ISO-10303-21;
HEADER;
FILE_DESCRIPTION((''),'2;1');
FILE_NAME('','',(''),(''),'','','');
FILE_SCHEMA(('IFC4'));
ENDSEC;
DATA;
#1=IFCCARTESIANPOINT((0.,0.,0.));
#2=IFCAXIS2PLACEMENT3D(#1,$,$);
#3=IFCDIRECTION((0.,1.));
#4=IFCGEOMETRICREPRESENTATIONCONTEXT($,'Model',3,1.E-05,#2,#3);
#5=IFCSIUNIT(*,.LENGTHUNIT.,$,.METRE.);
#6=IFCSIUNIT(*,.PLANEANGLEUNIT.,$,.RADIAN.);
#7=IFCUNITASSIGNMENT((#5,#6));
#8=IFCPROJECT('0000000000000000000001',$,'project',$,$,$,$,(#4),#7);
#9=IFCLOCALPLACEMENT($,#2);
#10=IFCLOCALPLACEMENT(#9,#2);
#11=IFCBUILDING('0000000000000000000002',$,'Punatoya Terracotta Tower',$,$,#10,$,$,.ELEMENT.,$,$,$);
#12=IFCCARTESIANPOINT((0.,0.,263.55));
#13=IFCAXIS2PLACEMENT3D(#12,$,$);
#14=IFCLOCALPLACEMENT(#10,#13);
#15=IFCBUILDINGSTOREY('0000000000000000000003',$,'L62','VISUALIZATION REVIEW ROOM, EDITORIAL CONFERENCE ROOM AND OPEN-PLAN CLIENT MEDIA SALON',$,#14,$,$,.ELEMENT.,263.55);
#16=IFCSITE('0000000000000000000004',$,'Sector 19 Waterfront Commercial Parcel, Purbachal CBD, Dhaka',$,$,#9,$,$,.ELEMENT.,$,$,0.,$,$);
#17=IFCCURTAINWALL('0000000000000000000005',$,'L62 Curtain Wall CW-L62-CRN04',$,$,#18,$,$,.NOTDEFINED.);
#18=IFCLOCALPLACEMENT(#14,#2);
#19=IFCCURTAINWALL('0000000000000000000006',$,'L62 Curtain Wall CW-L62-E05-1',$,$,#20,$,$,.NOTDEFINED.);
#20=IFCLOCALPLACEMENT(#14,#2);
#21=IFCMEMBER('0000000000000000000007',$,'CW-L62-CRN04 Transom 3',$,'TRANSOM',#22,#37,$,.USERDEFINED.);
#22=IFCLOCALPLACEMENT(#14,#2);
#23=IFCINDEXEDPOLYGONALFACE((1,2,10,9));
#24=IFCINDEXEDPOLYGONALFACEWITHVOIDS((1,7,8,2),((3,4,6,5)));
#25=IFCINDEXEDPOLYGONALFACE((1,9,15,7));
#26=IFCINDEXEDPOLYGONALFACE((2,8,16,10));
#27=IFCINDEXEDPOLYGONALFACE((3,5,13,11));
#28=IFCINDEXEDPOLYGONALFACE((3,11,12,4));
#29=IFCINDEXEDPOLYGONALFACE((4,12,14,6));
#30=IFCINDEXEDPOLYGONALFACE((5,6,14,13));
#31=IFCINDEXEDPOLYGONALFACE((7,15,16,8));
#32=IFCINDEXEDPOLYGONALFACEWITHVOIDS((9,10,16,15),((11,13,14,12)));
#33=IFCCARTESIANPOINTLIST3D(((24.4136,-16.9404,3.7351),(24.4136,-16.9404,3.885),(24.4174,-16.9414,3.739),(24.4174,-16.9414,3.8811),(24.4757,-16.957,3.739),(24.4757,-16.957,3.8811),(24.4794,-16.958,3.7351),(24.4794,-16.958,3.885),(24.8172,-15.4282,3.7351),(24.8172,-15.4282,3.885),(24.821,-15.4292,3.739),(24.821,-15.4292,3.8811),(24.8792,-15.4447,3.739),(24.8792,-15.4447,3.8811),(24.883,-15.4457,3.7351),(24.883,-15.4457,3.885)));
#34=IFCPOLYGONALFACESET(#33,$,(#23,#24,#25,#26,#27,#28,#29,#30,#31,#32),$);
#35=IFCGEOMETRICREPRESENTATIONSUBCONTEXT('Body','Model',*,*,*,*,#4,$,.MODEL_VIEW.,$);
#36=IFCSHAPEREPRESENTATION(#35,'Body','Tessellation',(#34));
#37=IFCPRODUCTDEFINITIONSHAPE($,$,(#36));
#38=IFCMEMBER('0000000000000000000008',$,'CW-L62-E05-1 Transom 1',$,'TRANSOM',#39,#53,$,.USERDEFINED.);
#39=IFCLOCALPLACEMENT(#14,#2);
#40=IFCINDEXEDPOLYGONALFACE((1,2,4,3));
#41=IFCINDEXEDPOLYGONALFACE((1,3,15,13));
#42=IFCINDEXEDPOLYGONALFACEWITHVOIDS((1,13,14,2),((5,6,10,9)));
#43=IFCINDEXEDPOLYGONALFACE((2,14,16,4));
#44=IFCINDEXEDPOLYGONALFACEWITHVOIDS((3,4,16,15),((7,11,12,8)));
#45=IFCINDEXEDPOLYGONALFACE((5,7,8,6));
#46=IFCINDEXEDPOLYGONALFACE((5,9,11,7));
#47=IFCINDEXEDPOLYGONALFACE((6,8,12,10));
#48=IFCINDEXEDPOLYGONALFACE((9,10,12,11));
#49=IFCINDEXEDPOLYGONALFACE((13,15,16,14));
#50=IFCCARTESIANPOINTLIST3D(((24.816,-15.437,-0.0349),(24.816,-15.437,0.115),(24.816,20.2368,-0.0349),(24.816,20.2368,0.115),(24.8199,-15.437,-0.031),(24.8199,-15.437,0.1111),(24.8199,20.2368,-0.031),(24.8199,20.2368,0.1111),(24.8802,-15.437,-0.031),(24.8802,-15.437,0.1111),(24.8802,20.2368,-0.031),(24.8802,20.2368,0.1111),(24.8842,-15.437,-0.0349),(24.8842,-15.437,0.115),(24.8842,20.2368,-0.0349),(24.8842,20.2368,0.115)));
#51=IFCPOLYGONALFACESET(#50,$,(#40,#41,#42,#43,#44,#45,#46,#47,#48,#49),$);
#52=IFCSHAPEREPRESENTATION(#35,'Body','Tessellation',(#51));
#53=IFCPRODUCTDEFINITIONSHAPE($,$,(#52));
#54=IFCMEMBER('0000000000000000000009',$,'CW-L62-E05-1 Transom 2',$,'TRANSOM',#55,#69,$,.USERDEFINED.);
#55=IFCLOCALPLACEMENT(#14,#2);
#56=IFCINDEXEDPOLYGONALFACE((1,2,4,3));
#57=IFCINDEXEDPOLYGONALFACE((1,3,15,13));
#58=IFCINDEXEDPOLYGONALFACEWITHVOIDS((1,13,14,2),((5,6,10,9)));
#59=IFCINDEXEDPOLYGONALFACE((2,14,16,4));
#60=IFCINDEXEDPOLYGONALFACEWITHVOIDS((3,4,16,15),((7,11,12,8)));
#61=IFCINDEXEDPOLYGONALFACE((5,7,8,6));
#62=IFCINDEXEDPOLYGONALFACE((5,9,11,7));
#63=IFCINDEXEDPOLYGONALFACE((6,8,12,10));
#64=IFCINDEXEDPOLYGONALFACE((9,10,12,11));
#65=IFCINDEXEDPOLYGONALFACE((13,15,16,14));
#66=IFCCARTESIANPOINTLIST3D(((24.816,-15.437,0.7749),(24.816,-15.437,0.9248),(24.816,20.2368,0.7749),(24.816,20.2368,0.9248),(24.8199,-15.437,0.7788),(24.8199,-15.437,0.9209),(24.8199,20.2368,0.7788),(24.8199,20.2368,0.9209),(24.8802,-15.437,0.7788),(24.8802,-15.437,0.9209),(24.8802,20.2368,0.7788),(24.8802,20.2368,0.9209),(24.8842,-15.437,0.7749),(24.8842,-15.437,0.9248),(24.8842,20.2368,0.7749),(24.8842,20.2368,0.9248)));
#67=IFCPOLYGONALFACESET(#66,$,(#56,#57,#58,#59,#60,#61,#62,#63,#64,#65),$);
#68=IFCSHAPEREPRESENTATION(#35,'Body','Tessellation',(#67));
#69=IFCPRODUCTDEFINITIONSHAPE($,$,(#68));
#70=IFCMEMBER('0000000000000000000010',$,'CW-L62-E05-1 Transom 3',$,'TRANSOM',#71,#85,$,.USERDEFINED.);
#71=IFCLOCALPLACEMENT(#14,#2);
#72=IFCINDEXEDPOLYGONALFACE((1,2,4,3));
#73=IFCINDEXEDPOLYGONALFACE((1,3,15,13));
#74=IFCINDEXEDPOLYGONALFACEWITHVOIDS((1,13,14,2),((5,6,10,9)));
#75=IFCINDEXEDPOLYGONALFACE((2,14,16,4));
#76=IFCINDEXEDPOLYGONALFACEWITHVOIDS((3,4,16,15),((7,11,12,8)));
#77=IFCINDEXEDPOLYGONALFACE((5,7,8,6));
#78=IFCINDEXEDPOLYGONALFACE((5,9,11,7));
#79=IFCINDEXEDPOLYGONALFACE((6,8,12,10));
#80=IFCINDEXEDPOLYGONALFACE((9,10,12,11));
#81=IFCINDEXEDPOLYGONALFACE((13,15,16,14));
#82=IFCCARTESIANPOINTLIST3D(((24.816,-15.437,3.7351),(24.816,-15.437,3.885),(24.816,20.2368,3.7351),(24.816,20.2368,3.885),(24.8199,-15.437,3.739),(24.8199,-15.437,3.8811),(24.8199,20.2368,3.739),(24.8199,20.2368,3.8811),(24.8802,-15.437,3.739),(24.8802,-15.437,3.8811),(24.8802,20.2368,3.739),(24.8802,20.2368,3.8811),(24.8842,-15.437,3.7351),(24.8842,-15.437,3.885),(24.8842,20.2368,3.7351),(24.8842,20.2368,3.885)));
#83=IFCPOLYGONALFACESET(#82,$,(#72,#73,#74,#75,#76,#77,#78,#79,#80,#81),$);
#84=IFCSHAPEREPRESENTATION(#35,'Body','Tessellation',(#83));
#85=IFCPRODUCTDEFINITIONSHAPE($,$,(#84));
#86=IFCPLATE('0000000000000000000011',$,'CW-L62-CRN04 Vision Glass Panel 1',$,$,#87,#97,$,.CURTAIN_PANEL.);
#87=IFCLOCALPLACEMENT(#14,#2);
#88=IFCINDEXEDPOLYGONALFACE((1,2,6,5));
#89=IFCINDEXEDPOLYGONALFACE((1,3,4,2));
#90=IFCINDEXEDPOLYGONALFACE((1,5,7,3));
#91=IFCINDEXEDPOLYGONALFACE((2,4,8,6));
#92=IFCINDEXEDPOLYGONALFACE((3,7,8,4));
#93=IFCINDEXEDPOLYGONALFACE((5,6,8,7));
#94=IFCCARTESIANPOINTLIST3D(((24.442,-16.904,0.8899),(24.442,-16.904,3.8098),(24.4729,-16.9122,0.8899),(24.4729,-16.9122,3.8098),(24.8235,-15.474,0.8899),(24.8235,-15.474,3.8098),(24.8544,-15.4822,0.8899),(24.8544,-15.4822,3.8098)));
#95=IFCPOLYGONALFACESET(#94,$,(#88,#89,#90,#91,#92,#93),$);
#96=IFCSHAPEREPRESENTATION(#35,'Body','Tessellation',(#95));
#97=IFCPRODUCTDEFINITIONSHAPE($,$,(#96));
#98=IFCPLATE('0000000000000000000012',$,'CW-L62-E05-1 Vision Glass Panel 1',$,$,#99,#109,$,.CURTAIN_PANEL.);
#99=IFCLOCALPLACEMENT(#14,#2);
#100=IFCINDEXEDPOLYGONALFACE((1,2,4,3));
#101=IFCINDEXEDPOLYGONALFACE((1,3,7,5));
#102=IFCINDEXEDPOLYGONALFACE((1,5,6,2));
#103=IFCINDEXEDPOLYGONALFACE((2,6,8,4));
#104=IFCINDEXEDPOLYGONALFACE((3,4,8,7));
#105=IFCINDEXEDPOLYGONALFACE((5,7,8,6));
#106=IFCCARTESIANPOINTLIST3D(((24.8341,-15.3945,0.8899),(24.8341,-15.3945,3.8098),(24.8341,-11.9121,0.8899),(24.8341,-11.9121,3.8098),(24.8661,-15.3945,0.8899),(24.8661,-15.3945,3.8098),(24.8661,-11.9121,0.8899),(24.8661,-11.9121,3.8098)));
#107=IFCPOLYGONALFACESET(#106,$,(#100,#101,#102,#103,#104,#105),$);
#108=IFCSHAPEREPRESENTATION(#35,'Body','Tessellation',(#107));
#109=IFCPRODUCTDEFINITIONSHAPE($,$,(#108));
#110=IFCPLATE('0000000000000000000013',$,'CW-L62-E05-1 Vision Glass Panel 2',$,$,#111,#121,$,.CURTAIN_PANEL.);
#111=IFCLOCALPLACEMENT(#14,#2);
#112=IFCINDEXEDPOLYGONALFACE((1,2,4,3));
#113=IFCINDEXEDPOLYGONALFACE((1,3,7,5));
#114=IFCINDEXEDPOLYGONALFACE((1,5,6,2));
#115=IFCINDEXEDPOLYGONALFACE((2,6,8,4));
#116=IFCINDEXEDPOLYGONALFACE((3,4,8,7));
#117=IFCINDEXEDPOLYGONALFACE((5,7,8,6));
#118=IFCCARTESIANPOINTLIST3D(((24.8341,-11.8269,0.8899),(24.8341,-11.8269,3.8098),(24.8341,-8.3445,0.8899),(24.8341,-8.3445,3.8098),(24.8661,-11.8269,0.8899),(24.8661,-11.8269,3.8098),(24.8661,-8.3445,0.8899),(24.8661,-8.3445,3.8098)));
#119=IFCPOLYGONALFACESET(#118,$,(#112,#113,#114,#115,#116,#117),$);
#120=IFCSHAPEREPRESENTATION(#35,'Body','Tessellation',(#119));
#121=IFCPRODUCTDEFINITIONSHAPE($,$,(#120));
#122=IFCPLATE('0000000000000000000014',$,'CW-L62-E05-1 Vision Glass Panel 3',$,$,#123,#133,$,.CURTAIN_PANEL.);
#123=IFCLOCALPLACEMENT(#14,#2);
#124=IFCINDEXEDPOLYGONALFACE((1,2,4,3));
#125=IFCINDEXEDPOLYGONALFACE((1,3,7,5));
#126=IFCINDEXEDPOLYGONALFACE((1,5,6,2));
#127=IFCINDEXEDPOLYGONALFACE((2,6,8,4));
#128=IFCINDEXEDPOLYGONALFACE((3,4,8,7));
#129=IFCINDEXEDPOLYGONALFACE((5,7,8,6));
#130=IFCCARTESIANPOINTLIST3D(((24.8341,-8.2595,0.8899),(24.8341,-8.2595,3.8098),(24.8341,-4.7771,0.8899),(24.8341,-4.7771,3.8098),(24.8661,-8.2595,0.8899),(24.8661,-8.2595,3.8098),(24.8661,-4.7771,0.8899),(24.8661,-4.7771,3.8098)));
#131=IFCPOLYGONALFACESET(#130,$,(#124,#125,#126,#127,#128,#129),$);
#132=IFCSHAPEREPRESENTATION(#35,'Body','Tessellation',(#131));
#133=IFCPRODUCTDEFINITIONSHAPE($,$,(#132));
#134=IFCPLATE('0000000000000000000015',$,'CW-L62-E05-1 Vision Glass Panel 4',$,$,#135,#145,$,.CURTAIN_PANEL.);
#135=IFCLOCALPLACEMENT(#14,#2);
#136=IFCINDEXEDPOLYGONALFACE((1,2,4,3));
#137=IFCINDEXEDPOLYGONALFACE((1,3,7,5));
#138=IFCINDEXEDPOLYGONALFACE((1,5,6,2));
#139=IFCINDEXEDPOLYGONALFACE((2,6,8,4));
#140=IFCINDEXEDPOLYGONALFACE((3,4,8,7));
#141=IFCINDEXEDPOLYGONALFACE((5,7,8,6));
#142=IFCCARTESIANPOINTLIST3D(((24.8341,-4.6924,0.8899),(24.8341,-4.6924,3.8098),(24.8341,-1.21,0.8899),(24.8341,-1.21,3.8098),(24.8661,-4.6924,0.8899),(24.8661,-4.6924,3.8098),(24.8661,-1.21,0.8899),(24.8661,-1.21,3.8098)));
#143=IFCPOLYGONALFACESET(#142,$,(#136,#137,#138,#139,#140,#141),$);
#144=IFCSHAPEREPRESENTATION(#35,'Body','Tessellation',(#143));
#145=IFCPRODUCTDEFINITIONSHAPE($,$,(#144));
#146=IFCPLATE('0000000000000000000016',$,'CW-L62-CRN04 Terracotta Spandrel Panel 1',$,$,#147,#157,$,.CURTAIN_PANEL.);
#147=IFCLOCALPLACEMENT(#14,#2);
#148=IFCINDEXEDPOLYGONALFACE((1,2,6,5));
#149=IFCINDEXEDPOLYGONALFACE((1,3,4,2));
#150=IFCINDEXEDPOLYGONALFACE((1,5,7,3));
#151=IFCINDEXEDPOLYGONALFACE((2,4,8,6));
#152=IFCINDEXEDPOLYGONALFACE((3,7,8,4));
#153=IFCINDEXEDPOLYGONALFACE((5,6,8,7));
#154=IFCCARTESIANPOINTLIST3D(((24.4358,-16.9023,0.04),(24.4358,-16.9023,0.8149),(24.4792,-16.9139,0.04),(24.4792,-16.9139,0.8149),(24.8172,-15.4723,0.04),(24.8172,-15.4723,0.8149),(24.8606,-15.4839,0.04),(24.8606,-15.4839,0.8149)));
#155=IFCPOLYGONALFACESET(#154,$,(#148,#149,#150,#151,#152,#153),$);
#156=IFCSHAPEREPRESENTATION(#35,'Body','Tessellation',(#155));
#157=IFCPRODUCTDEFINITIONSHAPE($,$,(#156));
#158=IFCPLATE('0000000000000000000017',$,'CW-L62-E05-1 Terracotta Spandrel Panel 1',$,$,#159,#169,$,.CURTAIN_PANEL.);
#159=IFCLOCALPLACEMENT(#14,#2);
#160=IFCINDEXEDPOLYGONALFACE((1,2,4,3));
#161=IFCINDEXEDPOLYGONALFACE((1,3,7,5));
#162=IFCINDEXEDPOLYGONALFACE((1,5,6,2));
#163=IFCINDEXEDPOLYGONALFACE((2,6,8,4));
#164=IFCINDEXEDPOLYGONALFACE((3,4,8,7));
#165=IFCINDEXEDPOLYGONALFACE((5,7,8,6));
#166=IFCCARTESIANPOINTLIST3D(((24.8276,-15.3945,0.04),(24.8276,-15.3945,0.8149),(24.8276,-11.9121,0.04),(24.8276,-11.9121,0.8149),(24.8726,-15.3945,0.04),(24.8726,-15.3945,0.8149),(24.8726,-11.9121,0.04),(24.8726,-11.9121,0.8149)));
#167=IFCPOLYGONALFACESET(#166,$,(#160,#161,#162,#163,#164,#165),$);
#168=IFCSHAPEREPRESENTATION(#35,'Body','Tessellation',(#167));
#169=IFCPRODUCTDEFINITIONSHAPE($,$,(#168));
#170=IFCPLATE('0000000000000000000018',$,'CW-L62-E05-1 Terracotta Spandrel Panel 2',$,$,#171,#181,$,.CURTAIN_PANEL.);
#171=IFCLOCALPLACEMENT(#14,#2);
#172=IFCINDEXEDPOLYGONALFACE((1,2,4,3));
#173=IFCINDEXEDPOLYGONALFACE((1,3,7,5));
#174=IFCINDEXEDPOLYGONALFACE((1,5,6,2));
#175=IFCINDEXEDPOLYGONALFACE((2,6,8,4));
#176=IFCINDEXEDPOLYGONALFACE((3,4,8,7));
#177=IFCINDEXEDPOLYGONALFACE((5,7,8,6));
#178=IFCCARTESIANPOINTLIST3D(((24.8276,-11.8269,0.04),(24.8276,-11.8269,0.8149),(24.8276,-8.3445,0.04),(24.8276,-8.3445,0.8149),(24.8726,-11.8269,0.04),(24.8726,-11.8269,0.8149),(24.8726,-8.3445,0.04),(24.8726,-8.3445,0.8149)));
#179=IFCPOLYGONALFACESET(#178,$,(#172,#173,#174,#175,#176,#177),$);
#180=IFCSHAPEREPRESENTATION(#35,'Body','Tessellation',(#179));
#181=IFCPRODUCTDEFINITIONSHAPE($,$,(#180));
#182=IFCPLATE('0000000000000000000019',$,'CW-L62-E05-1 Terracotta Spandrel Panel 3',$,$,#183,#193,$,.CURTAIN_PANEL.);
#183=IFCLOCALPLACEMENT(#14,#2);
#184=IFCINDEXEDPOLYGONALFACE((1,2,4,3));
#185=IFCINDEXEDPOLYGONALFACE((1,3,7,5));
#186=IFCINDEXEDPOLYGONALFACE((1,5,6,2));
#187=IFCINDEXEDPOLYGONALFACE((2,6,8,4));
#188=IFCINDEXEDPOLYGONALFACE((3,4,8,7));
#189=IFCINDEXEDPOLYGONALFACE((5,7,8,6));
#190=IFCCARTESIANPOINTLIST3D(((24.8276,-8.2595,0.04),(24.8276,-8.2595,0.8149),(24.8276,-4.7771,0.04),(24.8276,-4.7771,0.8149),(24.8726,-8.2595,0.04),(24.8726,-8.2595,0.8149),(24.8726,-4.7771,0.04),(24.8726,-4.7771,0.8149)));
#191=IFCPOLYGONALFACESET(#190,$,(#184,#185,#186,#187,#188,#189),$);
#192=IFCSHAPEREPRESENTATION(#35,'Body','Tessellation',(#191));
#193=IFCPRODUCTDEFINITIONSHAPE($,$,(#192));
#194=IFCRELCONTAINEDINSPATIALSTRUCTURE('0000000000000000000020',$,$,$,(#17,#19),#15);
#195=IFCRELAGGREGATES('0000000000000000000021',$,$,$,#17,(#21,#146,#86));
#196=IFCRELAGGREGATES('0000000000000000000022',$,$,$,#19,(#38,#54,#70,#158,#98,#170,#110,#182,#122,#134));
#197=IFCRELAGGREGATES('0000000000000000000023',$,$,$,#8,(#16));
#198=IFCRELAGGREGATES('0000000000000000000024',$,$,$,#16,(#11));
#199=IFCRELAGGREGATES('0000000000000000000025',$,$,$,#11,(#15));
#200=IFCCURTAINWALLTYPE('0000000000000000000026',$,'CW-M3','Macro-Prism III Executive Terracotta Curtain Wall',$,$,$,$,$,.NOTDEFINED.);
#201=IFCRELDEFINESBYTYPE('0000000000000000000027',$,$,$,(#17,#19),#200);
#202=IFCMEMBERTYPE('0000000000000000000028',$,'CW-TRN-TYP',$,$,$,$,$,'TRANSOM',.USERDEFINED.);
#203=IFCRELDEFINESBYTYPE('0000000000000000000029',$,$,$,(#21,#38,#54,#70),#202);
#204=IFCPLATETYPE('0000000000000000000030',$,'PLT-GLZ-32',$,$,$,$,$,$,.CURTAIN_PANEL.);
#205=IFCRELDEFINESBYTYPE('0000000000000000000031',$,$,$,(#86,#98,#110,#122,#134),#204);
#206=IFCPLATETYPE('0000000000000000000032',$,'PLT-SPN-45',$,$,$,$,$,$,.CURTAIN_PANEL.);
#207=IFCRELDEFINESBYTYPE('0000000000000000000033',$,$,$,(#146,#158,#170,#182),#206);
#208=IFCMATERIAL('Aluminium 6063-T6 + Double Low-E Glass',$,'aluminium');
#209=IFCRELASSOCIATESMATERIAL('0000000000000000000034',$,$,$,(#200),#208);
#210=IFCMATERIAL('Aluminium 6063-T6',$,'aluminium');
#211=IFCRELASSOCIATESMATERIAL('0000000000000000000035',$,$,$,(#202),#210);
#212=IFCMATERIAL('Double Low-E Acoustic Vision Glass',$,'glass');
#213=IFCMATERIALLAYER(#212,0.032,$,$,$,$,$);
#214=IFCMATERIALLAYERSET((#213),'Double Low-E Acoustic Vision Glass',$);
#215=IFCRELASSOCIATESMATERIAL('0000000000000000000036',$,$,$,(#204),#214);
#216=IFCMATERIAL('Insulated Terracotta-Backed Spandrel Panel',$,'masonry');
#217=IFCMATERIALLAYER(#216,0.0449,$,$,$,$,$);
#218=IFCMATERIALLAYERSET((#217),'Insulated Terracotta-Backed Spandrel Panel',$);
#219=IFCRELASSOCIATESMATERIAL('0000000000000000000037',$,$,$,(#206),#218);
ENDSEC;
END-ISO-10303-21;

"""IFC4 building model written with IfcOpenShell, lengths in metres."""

from ifc_helpers import new_model, si_unit, direction, frame, origin, origin_2d, place, context, subcontext, project, spatial, rectangle, hollow_rectangle, extrude, material, layer, layer_set, material_profile, profile_set, type_object, element, aggregate, save


model = new_model("IFC4")

# Units and contexts
model_context = context("Model", 3, precision=1e-05, world=origin(), true_north=direction((0.0, 1.0)))
body_context = subcontext(model_context, "Body", "Model", "MODEL_VIEW")
ifc_project = project(units=[si_unit("LENGTHUNIT", "METRE"), si_unit("PLANEANGLEUNIT", "RADIAN")], contexts=[model_context])

# Site, building, storey
site_placement = place(None, origin())
site = spatial("IfcSite", under=ifc_project, at=site_placement, Name="Sector 19 Waterfront Commercial Parcel, Purbachal CBD, Dhaka", CompositionType="ELEMENT", RefElevation=0.0)
building_placement = place(site_placement, origin())
building = spatial("IfcBuilding", under=site, at=building_placement, Name="Punatoya Terracotta Tower", CompositionType="ELEMENT")
storey_placement = place(building_placement, frame((0.0, 0.0, 263.55)))
storey = spatial("IfcBuildingStorey", under=building, at=storey_placement, Name="L62", Description="VISUALIZATION REVIEW ROOM, EDITORIAL CONFERENCE ROOM AND OPEN-PLAN CLIENT MEDIA SALON", CompositionType="ELEMENT", Elevation=263.55)

# Curtain walls
ifc_material_1 = material(Name="Aluminium 6063-T6 + Double Low-E Glass", Category="aluminium")
curtain_wall_type = type_object("IfcCurtainWallType", Name="CW-M3", Description="Macro-Prism III Executive Terracotta Curtain Wall", PredefinedType="NOTDEFINED", material=ifc_material_1)
curtain_wall_1_placement = place(storey_placement, origin())
curtain_wall_1 = element("IfcCurtainWall", 1, at=curtain_wall_1_placement, inside=storey, type_object=curtain_wall_type, Name="L62 Curtain Wall CW-L62-CRN04", PredefinedType="NOTDEFINED")
ifc_material_2 = material(Name="Aluminium 6063-T6", Category="aluminium")
curtain_wall_2_placement = place(storey_placement, origin())
curtain_wall_2 = element("IfcCurtainWall", 2, at=curtain_wall_2_placement, inside=storey, type_object=curtain_wall_type, Name="L62 Curtain Wall CW-L62-E05-1", PredefinedType="NOTDEFINED")

# Members
ifc_material_profile_1 = material_profile(ifc_material_2, hollow_rectangle(XDim=0.0681, YDim=0.1499, WallThickness=0.0039, at=origin_2d()))
ifc_profile_set_1 = profile_set([ifc_material_profile_1], Name="Aluminium 6063-T6")
member_type_1 = type_object("IfcMemberType", Name="CW-TRN-TYP", ElementType="TRANSOM", PredefinedType="USERDEFINED", material=ifc_profile_set_1)
member_1_placement = place(storey_placement, frame((24.4465, -16.9492, 3.8101), z_axis=(0.257847, 0.966186, 0.0), x_axis=(-0.966186, 0.257847, 0.0)))
member_1 = element("IfcMember", 3, at=member_1_placement, type_object=member_type_1, Name="CW-L62-CRN04 Transom 3", ObjectType="TRANSOM", PredefinedType="USERDEFINED", context=body_context, shape_type="SweptSolid", body=[
    extrude(hollow_rectangle(XDim=0.0681, YDim=0.1499, WallThickness=0.0039, at=origin_2d()), origin(), (0.0, 0.0, 1.0), 1.5652),
])
member_2_placement = place(storey_placement, frame((24.8501, -15.437, 0.04), z_axis=(0.0, 1.0, 0.0), x_axis=(-1.0, 0.0, 0.0)))
member_2 = element("IfcMember", 4, at=member_2_placement, type_object=member_type_1, Name="CW-L62-E05-1 Transom 1", ObjectType="TRANSOM", PredefinedType="USERDEFINED", context=body_context, shape_type="SweptSolid", body=[
    extrude(hollow_rectangle(XDim=0.0681, YDim=0.1499, WallThickness=0.0039, at=origin_2d()), origin(), (0.0, 0.0, 1.0), 35.6738),
])
member_3_placement = place(storey_placement, frame((24.8501, -15.437, 0.8499), z_axis=(0.0, 1.0, 0.0), x_axis=(-1.0, 0.0, 0.0)))
member_3 = element("IfcMember", 5, at=member_3_placement, type_object=member_type_1, Name="CW-L62-E05-1 Transom 2", ObjectType="TRANSOM", PredefinedType="USERDEFINED", context=body_context, shape_type="SweptSolid", body=[
    extrude(hollow_rectangle(XDim=0.0681, YDim=0.1499, WallThickness=0.0039, at=origin_2d()), origin(), (0.0, 0.0, 1.0), 35.6738),
])
member_4_placement = place(storey_placement, frame((24.8501, -15.437, 3.8101), z_axis=(0.0, 1.0, 0.0), x_axis=(-1.0, 0.0, 0.0)))
member_4 = element("IfcMember", 6, at=member_4_placement, type_object=member_type_1, Name="CW-L62-E05-1 Transom 3", ObjectType="TRANSOM", PredefinedType="USERDEFINED", context=body_context, shape_type="SweptSolid", body=[
    extrude(hollow_rectangle(XDim=0.0681, YDim=0.1499, WallThickness=0.0039, at=origin_2d()), origin(), (0.0, 0.0, 1.0), 35.6738),
])

# Plates
ifc_material_3 = material(Name="Double Low-E Acoustic Vision Glass", Category="glass")
ifc_layer_1 = layer(ifc_material_3, 0.032)
ifc_layer_set_1 = layer_set([ifc_layer_1], Name="Double Low-E Acoustic Vision Glass")
plate_type_1 = type_object("IfcPlateType", Name="PLT-GLZ-32", PredefinedType="CURTAIN_PANEL", material=ifc_layer_set_1)
plate_1_placement = place(storey_placement, frame((24.6482, -16.1931, 0.8899), z_axis=(0.0, 0.0, 1.0), x_axis=(0.257742, 0.966214, 0.0)))
plate_1 = element("IfcPlate", 7, at=plate_1_placement, type_object=plate_type_1, Name="CW-L62-CRN04 Vision Glass Panel 1", PredefinedType="CURTAIN_PANEL", context=body_context, shape_type="SweptSolid", body=[
    extrude(rectangle(XDim=1.48, YDim=0.032, at=origin_2d()), origin(), (0.0, 0.0, 1.0), 2.9199),
])
plate_2_placement = place(storey_placement, frame((24.8501, -13.6533, 0.8899), z_axis=(0.0, 0.0, 1.0), x_axis=(0.0, 1.0, 0.0)))
plate_2 = element("IfcPlate", 8, at=plate_2_placement, type_object=plate_type_1, Name="CW-L62-E05-1 Vision Glass Panel 1", PredefinedType="CURTAIN_PANEL", context=body_context, shape_type="SweptSolid", body=[
    extrude(rectangle(XDim=3.4824, YDim=0.032, at=origin_2d()), origin(), (0.0, 0.0, 1.0), 2.9199),
])
plate_3_placement = place(storey_placement, frame((24.8501, -10.0857, 0.8899), z_axis=(0.0, 0.0, 1.0), x_axis=(0.0, 1.0, 0.0)))
plate_3 = element("IfcPlate", 9, at=plate_3_placement, type_object=plate_type_1, Name="CW-L62-E05-1 Vision Glass Panel 2", PredefinedType="CURTAIN_PANEL", context=body_context, shape_type="SweptSolid", body=[
    extrude(rectangle(XDim=3.4824, YDim=0.032, at=origin_2d()), origin(), (0.0, 0.0, 1.0), 2.9199),
])
plate_4_placement = place(storey_placement, frame((24.8501, -6.5183, 0.8899), z_axis=(0.0, 0.0, 1.0), x_axis=(0.0, 1.0, 0.0)))
plate_4 = element("IfcPlate", 10, at=plate_4_placement, type_object=plate_type_1, Name="CW-L62-E05-1 Vision Glass Panel 3", PredefinedType="CURTAIN_PANEL", context=body_context, shape_type="SweptSolid", body=[
    extrude(rectangle(XDim=3.4824, YDim=0.032, at=origin_2d()), origin(), (0.0, 0.0, 1.0), 2.9199),
])
plate_5_placement = place(storey_placement, frame((24.8501, -2.9512, 0.8899), z_axis=(0.0, 0.0, 1.0), x_axis=(0.0, 1.0, 0.0)))
plate_5 = element("IfcPlate", 11, at=plate_5_placement, type_object=plate_type_1, Name="CW-L62-E05-1 Vision Glass Panel 4", PredefinedType="CURTAIN_PANEL", context=body_context, shape_type="SweptSolid", body=[
    extrude(rectangle(XDim=3.4824, YDim=0.032, at=origin_2d()), origin(), (0.0, 0.0, 1.0), 2.9199),
])
ifc_material_4 = material(Name="Insulated Terracotta-Backed Spandrel Panel", Category="masonry")
ifc_layer_2 = layer(ifc_material_4, 0.0449)
ifc_layer_set_2 = layer_set([ifc_layer_2], Name="Insulated Terracotta-Backed Spandrel Panel")
plate_type_2 = type_object("IfcPlateType", Name="PLT-SPN-45", PredefinedType="CURTAIN_PANEL", material=ifc_layer_set_2)
plate_6_placement = place(storey_placement, frame((24.6482, -16.1931, 0.04), z_axis=(0.0, 0.0, 1.0), x_axis=(0.257742, 0.966214, 0.0)))
plate_6 = element("IfcPlate", 12, at=plate_6_placement, type_object=plate_type_2, Name="CW-L62-CRN04 Terracotta Spandrel Panel 1", PredefinedType="CURTAIN_PANEL", context=body_context, shape_type="SweptSolid", body=[
    extrude(rectangle(XDim=1.48, YDim=0.0449, at=origin_2d()), origin(), (0.0, 0.0, 1.0), 0.7749),
])
aggregate(curtain_wall_1, [member_1, plate_6, plate_1])
plate_7_placement = place(storey_placement, frame((24.8501, -13.6533, 0.04), z_axis=(0.0, 0.0, 1.0), x_axis=(0.0, 1.0, 0.0)))
plate_7 = element("IfcPlate", 13, at=plate_7_placement, type_object=plate_type_2, Name="CW-L62-E05-1 Terracotta Spandrel Panel 1", PredefinedType="CURTAIN_PANEL", context=body_context, shape_type="SweptSolid", body=[
    extrude(rectangle(XDim=3.4824, YDim=0.0449, at=origin_2d()), origin(), (0.0, 0.0, 1.0), 0.7749),
])
plate_8_placement = place(storey_placement, frame((24.8501, -10.0857, 0.04), z_axis=(0.0, 0.0, 1.0), x_axis=(0.0, 1.0, 0.0)))
plate_8 = element("IfcPlate", 14, at=plate_8_placement, type_object=plate_type_2, Name="CW-L62-E05-1 Terracotta Spandrel Panel 2", PredefinedType="CURTAIN_PANEL", context=body_context, shape_type="SweptSolid", body=[
    extrude(rectangle(XDim=3.4824, YDim=0.0449, at=origin_2d()), origin(), (0.0, 0.0, 1.0), 0.7749),
])
plate_9_placement = place(storey_placement, frame((24.8501, -6.5183, 0.04), z_axis=(0.0, 0.0, 1.0), x_axis=(0.0, 1.0, 0.0)))
plate_9 = element("IfcPlate", 15, at=plate_9_placement, type_object=plate_type_2, Name="CW-L62-E05-1 Terracotta Spandrel Panel 3", PredefinedType="CURTAIN_PANEL", context=body_context, shape_type="SweptSolid", body=[
    extrude(rectangle(XDim=3.4824, YDim=0.0449, at=origin_2d()), origin(), (0.0, 0.0, 1.0), 0.7749),
])
aggregate(curtain_wall_2, [member_2, member_3, member_4, plate_7, plate_2, plate_8, plate_3, plate_9, plate_4, plate_5])

save(model, "model.ifc")
